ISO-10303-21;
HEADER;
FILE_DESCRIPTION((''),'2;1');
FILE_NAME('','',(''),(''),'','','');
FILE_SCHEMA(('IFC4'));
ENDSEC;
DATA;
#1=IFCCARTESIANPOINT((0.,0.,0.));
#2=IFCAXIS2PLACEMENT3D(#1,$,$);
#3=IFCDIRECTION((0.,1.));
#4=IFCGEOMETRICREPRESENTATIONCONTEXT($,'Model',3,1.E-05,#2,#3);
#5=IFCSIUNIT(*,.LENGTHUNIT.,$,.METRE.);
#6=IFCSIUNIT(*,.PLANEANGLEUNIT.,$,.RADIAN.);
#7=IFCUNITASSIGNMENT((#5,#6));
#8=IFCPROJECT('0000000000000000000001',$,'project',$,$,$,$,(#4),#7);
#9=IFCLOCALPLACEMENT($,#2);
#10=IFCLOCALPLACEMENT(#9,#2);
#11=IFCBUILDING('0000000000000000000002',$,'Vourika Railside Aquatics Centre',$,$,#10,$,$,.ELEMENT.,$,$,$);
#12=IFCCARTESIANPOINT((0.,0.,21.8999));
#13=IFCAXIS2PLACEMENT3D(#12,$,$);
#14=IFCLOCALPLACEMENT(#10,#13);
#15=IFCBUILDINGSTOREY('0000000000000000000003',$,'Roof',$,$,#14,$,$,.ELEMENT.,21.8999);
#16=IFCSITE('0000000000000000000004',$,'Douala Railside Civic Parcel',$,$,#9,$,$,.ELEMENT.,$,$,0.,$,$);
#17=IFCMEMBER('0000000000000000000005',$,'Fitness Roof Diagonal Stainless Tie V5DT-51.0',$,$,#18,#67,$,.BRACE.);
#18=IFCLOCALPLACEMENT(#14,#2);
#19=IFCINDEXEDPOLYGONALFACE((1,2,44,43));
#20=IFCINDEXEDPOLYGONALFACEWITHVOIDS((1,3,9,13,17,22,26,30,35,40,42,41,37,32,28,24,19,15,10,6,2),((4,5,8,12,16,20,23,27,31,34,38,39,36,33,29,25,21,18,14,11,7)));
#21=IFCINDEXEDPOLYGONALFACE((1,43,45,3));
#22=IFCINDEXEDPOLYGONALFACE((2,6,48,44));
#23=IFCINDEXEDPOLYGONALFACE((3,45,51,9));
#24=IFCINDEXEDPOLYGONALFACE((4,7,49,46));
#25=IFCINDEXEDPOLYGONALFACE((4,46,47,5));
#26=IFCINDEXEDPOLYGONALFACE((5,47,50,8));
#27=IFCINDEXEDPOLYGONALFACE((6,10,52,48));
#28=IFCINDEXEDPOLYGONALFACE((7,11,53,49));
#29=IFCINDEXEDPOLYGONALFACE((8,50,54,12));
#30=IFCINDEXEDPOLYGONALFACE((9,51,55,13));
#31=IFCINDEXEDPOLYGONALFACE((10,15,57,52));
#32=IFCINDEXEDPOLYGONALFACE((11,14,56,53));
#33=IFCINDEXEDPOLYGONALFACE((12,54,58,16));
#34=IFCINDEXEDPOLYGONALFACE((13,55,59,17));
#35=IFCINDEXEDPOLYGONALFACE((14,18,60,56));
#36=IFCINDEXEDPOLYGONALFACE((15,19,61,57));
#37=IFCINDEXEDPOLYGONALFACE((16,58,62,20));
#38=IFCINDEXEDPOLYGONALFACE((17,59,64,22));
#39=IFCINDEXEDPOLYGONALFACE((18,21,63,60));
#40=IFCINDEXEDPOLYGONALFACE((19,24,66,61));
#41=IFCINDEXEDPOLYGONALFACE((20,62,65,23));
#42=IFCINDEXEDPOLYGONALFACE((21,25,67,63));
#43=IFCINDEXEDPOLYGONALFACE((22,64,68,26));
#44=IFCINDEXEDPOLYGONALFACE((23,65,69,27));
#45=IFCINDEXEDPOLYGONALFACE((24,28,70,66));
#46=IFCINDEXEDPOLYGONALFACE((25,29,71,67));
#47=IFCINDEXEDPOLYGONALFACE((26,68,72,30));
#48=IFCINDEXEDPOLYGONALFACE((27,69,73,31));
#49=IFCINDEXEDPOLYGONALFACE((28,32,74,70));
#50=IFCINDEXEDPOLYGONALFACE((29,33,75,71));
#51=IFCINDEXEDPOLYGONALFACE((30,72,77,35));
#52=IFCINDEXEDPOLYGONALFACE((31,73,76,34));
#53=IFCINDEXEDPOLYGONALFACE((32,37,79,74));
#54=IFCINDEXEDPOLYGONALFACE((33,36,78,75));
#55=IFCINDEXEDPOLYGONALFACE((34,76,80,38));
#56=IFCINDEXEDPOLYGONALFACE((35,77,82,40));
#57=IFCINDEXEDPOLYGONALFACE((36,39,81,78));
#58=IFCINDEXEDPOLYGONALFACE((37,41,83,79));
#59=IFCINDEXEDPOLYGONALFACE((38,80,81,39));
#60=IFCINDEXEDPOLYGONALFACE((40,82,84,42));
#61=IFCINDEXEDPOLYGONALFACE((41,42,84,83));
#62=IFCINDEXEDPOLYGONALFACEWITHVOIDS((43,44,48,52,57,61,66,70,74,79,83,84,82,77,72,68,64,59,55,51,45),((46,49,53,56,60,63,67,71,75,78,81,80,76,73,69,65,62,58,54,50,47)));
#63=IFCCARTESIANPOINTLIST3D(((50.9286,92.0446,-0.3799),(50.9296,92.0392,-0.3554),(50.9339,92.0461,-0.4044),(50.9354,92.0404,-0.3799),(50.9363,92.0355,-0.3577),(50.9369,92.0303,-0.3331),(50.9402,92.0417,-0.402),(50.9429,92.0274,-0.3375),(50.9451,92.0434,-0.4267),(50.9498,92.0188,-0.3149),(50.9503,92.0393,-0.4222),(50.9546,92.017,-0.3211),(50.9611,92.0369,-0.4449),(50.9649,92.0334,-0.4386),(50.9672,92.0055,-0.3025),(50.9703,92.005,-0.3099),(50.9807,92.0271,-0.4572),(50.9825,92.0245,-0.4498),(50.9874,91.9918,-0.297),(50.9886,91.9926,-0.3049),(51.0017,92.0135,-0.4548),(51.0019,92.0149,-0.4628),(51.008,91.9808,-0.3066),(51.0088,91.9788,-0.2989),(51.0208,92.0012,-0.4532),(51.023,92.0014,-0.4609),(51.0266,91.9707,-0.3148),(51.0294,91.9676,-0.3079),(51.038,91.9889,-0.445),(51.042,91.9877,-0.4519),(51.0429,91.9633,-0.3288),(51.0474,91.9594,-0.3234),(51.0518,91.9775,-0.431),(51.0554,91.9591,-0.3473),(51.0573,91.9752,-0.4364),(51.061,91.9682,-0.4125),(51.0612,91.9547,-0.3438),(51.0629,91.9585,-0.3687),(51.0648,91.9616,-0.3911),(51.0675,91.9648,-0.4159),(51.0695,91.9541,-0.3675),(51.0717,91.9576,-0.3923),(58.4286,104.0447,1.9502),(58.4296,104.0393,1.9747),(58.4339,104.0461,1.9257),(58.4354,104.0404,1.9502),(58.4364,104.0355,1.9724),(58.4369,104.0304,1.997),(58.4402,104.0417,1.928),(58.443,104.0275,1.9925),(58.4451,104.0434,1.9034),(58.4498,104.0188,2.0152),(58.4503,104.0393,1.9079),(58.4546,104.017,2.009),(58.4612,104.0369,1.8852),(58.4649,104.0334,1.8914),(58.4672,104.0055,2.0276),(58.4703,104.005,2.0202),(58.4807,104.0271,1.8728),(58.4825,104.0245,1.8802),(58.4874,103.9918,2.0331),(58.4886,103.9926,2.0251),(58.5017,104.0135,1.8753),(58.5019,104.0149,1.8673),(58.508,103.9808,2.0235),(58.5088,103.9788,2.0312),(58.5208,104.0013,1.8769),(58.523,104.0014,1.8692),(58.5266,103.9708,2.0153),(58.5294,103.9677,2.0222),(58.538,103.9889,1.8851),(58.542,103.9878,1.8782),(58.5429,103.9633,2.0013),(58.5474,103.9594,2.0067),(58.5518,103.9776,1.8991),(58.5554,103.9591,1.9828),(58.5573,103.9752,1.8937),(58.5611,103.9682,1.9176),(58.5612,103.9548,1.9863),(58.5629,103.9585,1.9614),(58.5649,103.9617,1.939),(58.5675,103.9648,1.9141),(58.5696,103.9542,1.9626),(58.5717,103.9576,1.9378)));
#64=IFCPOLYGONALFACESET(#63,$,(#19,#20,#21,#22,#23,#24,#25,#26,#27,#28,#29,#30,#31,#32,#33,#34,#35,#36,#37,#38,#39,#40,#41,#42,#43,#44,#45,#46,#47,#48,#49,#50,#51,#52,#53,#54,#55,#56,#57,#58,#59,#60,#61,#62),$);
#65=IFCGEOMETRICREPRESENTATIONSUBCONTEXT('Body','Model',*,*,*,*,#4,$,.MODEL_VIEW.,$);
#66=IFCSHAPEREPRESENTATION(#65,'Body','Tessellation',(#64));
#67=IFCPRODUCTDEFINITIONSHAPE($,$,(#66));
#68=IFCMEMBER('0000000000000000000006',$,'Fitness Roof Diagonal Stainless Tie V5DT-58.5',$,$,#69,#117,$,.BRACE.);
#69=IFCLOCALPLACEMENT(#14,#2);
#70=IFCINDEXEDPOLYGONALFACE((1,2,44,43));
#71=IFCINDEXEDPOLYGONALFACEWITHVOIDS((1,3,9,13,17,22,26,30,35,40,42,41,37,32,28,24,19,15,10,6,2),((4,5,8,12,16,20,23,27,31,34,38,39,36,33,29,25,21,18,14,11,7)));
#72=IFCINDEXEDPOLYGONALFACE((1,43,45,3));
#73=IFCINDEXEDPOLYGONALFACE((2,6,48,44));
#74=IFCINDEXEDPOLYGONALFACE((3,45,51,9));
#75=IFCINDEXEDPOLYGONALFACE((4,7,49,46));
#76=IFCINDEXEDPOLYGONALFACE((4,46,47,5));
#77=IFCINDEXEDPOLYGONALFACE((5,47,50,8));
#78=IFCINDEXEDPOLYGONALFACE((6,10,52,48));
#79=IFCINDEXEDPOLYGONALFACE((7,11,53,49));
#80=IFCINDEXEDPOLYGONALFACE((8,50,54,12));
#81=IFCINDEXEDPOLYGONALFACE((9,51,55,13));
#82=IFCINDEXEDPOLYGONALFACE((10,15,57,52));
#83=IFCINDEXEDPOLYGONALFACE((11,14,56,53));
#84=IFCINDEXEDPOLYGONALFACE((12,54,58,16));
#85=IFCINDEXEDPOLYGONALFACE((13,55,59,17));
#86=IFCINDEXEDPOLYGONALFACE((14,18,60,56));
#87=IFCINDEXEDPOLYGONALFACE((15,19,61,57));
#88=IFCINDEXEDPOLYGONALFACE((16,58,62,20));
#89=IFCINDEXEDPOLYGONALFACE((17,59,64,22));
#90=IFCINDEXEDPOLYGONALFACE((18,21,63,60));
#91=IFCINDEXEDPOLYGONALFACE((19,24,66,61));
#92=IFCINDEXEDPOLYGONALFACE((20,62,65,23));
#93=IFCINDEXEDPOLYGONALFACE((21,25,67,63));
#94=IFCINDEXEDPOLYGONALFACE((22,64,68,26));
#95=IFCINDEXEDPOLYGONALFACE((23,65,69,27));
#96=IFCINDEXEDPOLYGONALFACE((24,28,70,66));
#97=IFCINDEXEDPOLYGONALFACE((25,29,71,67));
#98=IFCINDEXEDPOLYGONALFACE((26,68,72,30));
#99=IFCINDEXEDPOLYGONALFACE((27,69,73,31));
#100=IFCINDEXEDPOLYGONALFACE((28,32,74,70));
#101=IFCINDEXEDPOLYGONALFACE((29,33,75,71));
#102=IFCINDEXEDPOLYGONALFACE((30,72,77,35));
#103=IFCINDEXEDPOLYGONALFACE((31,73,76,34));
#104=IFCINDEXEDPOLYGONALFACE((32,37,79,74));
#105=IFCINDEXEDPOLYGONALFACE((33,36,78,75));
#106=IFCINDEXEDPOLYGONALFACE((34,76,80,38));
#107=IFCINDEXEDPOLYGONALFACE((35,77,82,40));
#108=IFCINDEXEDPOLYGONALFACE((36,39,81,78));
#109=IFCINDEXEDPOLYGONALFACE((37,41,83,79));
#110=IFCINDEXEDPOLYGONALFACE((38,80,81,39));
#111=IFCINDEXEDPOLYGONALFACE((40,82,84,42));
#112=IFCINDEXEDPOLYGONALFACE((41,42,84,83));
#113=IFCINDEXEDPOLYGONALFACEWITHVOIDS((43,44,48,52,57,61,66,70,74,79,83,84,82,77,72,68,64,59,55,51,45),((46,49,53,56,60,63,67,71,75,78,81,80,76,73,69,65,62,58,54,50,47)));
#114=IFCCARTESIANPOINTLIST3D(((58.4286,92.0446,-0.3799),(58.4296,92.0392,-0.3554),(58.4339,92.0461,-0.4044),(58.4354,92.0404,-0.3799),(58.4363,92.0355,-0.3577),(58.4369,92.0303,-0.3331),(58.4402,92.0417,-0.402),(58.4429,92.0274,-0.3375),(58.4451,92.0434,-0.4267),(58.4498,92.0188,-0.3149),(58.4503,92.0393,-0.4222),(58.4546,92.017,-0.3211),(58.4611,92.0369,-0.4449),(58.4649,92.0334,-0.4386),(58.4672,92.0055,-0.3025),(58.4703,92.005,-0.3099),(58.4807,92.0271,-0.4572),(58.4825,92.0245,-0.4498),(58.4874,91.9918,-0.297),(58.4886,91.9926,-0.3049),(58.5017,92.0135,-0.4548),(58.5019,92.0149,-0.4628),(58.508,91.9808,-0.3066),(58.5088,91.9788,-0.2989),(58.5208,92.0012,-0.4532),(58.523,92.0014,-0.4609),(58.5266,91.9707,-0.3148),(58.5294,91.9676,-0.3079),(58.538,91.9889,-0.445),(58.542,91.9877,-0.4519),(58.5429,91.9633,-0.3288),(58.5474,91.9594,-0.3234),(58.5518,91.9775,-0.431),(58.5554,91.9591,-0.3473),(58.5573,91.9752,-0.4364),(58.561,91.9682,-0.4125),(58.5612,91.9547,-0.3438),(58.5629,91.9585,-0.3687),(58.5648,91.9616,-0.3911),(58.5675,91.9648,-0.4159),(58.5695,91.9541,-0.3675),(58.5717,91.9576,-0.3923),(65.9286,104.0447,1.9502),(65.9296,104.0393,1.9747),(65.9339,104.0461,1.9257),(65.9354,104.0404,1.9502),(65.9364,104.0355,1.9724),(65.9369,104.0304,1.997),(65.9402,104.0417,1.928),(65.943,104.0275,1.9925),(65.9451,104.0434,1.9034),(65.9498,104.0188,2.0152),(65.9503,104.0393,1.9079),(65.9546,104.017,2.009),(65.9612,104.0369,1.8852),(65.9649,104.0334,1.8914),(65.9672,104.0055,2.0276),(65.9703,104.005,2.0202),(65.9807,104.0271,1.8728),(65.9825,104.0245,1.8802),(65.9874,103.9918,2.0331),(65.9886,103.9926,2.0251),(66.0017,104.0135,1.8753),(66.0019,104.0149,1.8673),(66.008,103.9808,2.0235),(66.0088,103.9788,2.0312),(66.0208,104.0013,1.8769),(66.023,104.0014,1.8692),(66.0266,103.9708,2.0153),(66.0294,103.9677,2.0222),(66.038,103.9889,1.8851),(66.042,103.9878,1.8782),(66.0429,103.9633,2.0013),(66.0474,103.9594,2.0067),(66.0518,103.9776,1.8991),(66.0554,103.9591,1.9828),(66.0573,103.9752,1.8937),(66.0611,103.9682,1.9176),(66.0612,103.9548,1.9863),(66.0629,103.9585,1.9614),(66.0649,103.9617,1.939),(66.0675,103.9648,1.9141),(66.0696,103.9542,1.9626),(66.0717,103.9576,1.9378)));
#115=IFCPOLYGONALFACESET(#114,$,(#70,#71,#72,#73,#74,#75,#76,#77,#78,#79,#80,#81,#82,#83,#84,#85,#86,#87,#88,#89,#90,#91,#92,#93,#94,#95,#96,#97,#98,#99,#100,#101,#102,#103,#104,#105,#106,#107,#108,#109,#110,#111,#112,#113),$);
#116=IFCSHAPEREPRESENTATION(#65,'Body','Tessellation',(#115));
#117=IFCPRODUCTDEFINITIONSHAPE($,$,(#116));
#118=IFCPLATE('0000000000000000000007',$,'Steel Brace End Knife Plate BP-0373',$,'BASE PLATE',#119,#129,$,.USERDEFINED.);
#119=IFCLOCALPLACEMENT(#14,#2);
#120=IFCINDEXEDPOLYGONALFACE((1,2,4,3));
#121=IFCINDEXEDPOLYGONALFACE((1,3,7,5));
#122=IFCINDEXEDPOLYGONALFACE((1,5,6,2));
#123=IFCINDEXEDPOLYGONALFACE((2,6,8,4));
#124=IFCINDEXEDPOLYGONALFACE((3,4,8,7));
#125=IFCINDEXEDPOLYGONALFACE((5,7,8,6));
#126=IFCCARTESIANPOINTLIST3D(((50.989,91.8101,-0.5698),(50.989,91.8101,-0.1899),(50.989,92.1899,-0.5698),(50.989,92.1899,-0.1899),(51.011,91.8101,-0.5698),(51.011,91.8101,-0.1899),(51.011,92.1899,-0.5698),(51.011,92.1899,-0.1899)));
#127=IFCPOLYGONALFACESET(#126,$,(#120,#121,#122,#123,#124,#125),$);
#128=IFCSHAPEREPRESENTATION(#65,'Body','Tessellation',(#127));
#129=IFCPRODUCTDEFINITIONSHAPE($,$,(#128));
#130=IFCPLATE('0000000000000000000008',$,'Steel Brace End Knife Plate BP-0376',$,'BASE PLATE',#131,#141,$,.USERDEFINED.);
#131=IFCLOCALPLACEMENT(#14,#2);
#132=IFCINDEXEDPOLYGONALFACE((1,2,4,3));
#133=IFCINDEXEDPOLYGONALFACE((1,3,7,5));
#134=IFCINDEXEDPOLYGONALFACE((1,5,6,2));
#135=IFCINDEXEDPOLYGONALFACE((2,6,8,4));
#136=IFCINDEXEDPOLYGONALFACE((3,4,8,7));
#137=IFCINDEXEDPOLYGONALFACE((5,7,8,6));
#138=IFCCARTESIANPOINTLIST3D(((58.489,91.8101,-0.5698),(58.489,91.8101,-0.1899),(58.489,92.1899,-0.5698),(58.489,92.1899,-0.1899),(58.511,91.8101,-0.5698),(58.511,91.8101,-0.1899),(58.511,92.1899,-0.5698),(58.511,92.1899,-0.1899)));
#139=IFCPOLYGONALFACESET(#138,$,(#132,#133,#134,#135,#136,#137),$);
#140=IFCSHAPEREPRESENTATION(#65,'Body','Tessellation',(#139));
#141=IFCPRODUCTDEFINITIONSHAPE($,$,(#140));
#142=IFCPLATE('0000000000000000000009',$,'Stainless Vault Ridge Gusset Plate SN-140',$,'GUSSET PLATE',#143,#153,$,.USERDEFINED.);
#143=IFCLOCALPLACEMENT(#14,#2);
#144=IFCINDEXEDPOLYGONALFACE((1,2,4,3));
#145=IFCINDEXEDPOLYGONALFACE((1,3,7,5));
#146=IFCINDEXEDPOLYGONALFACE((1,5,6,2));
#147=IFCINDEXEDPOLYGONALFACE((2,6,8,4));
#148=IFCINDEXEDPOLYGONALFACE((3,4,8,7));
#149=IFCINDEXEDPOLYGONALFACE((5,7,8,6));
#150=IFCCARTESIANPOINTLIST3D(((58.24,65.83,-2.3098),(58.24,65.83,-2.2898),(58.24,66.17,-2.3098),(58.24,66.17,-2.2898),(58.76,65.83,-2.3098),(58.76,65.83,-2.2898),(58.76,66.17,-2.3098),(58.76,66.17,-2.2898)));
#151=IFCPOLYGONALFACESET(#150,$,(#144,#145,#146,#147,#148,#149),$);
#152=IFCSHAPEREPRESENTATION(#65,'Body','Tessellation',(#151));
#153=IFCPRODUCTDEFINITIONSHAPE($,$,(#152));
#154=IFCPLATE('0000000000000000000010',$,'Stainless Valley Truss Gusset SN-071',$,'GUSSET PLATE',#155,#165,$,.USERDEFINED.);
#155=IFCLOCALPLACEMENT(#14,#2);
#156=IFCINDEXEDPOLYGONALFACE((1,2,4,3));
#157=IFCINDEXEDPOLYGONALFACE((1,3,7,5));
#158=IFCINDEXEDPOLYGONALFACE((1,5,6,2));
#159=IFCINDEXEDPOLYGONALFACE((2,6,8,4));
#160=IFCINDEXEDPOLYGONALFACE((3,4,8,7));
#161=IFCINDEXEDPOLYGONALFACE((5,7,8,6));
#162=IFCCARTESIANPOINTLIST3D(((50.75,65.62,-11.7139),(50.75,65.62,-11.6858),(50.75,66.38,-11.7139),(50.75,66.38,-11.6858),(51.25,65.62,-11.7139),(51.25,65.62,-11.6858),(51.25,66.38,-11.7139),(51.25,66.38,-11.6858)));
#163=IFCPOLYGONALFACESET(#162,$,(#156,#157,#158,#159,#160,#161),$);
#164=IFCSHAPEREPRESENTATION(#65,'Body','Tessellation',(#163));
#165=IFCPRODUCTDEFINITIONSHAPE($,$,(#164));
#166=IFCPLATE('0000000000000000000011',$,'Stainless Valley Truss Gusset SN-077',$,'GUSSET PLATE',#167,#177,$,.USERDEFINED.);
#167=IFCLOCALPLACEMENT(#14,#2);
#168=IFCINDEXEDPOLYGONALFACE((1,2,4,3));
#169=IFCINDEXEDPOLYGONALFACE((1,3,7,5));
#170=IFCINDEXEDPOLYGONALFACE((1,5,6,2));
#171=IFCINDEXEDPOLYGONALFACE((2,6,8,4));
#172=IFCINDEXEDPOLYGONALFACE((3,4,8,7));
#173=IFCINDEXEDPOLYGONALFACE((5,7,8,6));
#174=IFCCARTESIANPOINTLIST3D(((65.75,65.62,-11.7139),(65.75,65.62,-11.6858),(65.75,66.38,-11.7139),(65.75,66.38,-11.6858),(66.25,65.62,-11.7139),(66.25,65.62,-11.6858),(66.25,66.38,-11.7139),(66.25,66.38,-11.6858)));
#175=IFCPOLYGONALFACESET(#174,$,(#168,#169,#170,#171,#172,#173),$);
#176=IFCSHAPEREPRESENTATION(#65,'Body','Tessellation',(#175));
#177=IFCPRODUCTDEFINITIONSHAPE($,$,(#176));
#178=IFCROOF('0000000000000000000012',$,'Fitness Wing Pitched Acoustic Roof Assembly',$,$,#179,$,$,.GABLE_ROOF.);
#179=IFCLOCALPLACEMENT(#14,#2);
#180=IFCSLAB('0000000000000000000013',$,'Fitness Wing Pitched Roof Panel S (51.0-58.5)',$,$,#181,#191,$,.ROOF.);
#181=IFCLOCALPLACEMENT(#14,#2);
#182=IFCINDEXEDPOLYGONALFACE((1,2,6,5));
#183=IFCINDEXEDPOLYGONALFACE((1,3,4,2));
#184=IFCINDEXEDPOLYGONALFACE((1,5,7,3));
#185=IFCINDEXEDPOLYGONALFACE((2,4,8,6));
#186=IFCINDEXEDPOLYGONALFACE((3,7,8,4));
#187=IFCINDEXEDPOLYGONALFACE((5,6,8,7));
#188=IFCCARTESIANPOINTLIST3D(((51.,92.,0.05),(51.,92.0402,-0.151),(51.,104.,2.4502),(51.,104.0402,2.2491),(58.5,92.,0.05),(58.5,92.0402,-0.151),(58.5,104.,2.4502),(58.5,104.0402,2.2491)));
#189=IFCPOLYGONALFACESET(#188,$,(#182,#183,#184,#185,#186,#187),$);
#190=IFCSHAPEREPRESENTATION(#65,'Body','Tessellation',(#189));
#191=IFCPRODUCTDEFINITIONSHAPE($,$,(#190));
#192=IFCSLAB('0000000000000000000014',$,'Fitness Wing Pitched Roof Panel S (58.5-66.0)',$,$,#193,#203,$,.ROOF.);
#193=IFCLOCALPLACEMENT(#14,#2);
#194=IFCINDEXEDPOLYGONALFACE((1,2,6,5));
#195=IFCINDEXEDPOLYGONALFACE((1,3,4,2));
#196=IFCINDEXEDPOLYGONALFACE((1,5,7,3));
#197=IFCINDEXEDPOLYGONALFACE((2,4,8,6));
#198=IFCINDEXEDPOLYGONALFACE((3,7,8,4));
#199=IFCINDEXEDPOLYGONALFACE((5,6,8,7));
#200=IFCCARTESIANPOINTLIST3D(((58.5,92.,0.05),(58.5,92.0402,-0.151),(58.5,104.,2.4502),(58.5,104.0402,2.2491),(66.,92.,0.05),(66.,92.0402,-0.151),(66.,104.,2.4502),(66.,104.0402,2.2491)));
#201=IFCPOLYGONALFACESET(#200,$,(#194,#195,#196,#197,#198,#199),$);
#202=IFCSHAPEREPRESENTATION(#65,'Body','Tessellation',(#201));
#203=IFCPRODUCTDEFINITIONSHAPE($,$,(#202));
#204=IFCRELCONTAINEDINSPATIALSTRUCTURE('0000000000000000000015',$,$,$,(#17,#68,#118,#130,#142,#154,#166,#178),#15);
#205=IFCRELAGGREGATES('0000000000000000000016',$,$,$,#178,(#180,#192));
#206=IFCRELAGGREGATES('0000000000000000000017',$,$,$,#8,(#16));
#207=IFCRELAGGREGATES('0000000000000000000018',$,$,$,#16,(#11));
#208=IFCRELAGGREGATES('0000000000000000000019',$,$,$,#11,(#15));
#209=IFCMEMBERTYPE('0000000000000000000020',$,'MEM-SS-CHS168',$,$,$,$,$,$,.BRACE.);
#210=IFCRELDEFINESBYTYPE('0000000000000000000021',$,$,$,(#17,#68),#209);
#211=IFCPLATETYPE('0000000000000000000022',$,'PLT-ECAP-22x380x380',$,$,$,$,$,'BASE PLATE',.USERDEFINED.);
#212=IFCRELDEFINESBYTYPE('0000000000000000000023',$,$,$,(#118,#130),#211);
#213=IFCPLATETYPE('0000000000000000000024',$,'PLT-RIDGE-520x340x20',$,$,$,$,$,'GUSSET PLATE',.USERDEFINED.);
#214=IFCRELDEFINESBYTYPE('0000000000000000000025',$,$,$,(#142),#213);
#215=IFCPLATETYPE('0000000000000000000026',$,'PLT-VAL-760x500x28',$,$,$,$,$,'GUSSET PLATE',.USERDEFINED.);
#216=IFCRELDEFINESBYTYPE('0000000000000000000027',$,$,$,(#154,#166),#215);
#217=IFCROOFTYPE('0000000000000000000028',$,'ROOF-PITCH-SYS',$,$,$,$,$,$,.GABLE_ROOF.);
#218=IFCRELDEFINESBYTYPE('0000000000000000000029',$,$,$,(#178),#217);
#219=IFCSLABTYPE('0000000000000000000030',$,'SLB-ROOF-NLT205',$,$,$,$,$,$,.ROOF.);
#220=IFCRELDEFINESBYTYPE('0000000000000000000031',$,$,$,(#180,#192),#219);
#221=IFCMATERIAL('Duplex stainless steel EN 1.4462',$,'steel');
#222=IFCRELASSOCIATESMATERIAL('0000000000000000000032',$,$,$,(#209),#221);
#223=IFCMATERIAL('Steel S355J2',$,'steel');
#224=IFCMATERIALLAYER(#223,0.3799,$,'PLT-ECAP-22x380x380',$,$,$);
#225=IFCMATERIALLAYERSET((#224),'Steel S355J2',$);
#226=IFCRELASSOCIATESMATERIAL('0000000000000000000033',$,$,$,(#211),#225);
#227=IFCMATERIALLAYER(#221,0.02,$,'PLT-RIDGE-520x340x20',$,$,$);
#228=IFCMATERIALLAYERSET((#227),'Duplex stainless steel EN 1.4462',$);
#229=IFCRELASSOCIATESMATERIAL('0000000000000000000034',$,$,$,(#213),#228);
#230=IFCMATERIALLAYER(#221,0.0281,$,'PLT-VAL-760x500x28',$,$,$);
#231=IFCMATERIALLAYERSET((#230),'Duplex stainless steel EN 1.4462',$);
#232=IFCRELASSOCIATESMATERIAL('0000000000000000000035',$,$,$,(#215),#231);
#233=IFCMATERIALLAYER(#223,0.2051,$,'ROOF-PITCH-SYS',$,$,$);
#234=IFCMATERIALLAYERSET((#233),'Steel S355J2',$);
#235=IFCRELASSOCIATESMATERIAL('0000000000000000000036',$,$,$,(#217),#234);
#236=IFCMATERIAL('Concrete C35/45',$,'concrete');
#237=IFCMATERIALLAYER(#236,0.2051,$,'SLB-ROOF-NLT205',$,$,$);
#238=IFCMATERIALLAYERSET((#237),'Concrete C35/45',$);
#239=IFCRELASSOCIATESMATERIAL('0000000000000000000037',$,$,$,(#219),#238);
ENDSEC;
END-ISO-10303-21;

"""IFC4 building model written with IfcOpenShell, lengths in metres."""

from ifc_helpers import new_model, si_unit, direction, frame, origin, origin_2d, place, context, subcontext, project, spatial, polyline, rectangle, hollow_circle, outline, extrude, material, layer, layer_set, material_profile, profile_set, type_object, element, aggregate, save


model = new_model("IFC4")

# Units and contexts
model_context = context("Model", 3, precision=1e-05, world=origin(), true_north=direction((0.0, 1.0)))
body_context = subcontext(model_context, "Body", "Model", "MODEL_VIEW")
ifc_project = project(units=[si_unit("LENGTHUNIT", "METRE"), si_unit("PLANEANGLEUNIT", "RADIAN")], contexts=[model_context])

# Site, building, storey
site_placement = place(None, origin())
site = spatial("IfcSite", under=ifc_project, at=site_placement, Name="Douala Railside Civic Parcel", CompositionType="ELEMENT", RefElevation=0.0)
building_placement = place(site_placement, origin())
building = spatial("IfcBuilding", under=site, at=building_placement, Name="Vourika Railside Aquatics Centre", CompositionType="ELEMENT")
storey_placement = place(building_placement, frame((0.0, 0.0, 21.8999)))
storey = spatial("IfcBuildingStorey", under=building, at=storey_placement, Name="Roof", CompositionType="ELEMENT", Elevation=21.8999)

# Shared definitions
ifc_material_1 = material(Name="Steel S355J2", Category="steel")

# Members
ifc_material_2 = material(Name="Duplex stainless steel EN 1.4462", Category="steel")
ifc_material_profile_1 = material_profile(ifc_material_2, hollow_circle(Radius=0.0842, WallThickness=0.0081, at=origin_2d()), Name="CHS 168.3x8")
ifc_profile_set_1 = profile_set([ifc_material_profile_1], Name="Duplex stainless steel EN 1.4462")
member_type = type_object("IfcMemberType", Name="MEM-SS-CHS168", PredefinedType="BRACE", material=ifc_profile_set_1)
for number, where, z_axis, x_axis, name in (
    (1, (51.0, 92.0, -0.3799), (0.522957, 0.836731, 0.162471), (-0.847998, 0.529999, 0.0), "Fitness Roof Diagonal Stainless Tie V5DT-51.0"),
    (2, (58.5, 92.0, -0.3799), (0.522957, 0.836731, 0.162471), (-0.847998, 0.529999, 0.0), "Fitness Roof Diagonal Stainless Tie V5DT-58.5"),
):
    element("IfcMember", number, at=place(storey_placement, frame(where, z_axis=z_axis, x_axis=x_axis)), inside=storey, type_object=member_type, Name=name, PredefinedType="BRACE", context=body_context, shape_type="SweptSolid", body=[
        extrude(hollow_circle(Radius=0.0842, WallThickness=0.0081, at=origin_2d()), origin(), (0.0, 0.0, 1.0), 14.3416),
    ])

# Plates
ifc_layer_1 = layer(ifc_material_1, 0.3799, Name="PLT-ECAP-22x380x380")
ifc_layer_set_1 = layer_set([ifc_layer_1], Name="Steel S355J2")
plate_type_1 = type_object("IfcPlateType", Name="PLT-ECAP-22x380x380", ElementType="BASE PLATE", PredefinedType="USERDEFINED", material=ifc_layer_set_1)
for number, where, z_axis, x_axis, name in (
    (3, (51.0, 92.0, -0.5698), (0.0, 0.0, 1.0), (1.0, 0.0, 0.0), "Steel Brace End Knife Plate BP-0373"),
    (4, (58.5, 92.0, -0.5698), (0.0, 0.0, 1.0), (1.0, 0.0, 0.0), "Steel Brace End Knife Plate BP-0376"),
):
    element("IfcPlate", number, at=place(storey_placement, frame(where, z_axis=z_axis, x_axis=x_axis)), inside=storey, type_object=plate_type_1, Name=name, ObjectType="BASE PLATE", PredefinedType="USERDEFINED", context=body_context, shape_type="SweptSolid", body=[
        extrude(rectangle(XDim=0.022, YDim=0.3799, at=origin_2d()), origin(), (0.0, 0.0, 1.0), 0.3799),
    ])
ifc_layer_2 = layer(ifc_material_2, 0.02, Name="PLT-RIDGE-520x340x20")
ifc_layer_set_2 = layer_set([ifc_layer_2], Name="Duplex stainless steel EN 1.4462")
plate_type_2 = type_object("IfcPlateType", Name="PLT-RIDGE-520x340x20", ElementType="GUSSET PLATE", PredefinedType="USERDEFINED", material=ifc_layer_set_2)
plate_placement = place(storey_placement, frame((58.5, 66.0, -2.3098), z_axis=(0.0, 0.0, 1.0), x_axis=(1.0, 0.0, 0.0)))
element("IfcPlate", 5, at=plate_placement, inside=storey, type_object=plate_type_2, Name="Stainless Vault Ridge Gusset Plate SN-140", ObjectType="GUSSET PLATE", PredefinedType="USERDEFINED", context=body_context, shape_type="SweptSolid", body=[
    extrude(rectangle(XDim=0.52, YDim=0.3401, at=origin_2d()), origin(), (0.0, 0.0, 1.0), 0.02),
])
ifc_layer_3 = layer(ifc_material_2, 0.0281, Name="PLT-VAL-760x500x28")
ifc_layer_set_3 = layer_set([ifc_layer_3], Name="Duplex stainless steel EN 1.4462")
plate_type_3 = type_object("IfcPlateType", Name="PLT-VAL-760x500x28", ElementType="GUSSET PLATE", PredefinedType="USERDEFINED", material=ifc_layer_set_3)
for number, where, z_axis, x_axis, name in (
    (6, (51.0, 66.0, -11.7139), (0.0, 0.0, 1.0), (0.0, 1.0, 0.0), "Stainless Valley Truss Gusset SN-071"),
    (7, (66.0, 66.0, -11.7139), (0.0, 0.0, 1.0), (0.0, 1.0, 0.0), "Stainless Valley Truss Gusset SN-077"),
):
    element("IfcPlate", number, at=place(storey_placement, frame(where, z_axis=z_axis, x_axis=x_axis)), inside=storey, type_object=plate_type_3, Name=name, ObjectType="GUSSET PLATE", PredefinedType="USERDEFINED", context=body_context, shape_type="SweptSolid", body=[
        extrude(rectangle(XDim=0.76, YDim=0.5, at=origin_2d()), origin(), (0.0, 0.0, 1.0), 0.0281),
    ])

# Roof, slabs
ifc_layer_4 = layer(ifc_material_1, 0.2051, Name="ROOF-PITCH-SYS")
ifc_layer_set_4 = layer_set([ifc_layer_4], Name="Steel S355J2")
roof_type = type_object("IfcRoofType", Name="ROOF-PITCH-SYS", PredefinedType="GABLE_ROOF", material=ifc_layer_set_4)
roof_placement = place(storey_placement, origin())
roof = element("IfcRoof", 8, at=roof_placement, inside=storey, type_object=roof_type, Name="Fitness Wing Pitched Acoustic Roof Assembly", PredefinedType="GABLE_ROOF")
ifc_material_3 = material(Name="Concrete C35/45", Category="concrete")
ifc_layer_5 = layer(ifc_material_3, 0.2051, Name="SLB-ROOF-NLT205")
ifc_layer_set_5 = layer_set([ifc_layer_5], Name="Concrete C35/45")
slab_type = type_object("IfcSlabType", Name="SLB-ROOF-NLT205", PredefinedType="ROOF", material=ifc_layer_set_5)
slab_1_placement = place(storey_placement, frame((51.0, 92.0, 0.05), z_axis=(0.0, -0.196128, 0.980578), x_axis=(1.0, 0.0, 0.0)))
slab_1 = element("IfcSlab", 9, at=slab_1_placement, type_object=slab_type, Name="Fitness Wing Pitched Roof Panel S (51.0-58.5)", PredefinedType="ROOF", context=body_context, shape_type="SweptSolid", body=[
    extrude(outline(polyline([(0.0, 0.0), (7.5, 0.0), (7.5, 12.2377), (0.0, 12.2377), (0.0, 0.0)])), origin(), (0.0, 0.0, -1.0), 0.2051),
])
slab_2_placement = place(storey_placement, frame((58.5, 92.0, 0.05), z_axis=(0.0, -0.196128, 0.980578), x_axis=(1.0, 0.0, 0.0)))
slab_2 = element("IfcSlab", 10, at=slab_2_placement, type_object=slab_type, Name="Fitness Wing Pitched Roof Panel S (58.5-66.0)", PredefinedType="ROOF", context=body_context, shape_type="SweptSolid", body=[
    extrude(outline(polyline([(0.0, 0.0), (7.5, 0.0), (7.5, 12.2377), (0.0, 12.2377), (0.0, 0.0)])), origin(), (0.0, 0.0, -1.0), 0.2051),
])
aggregate(roof, [slab_1, slab_2])

save(model, "model.ifc")
